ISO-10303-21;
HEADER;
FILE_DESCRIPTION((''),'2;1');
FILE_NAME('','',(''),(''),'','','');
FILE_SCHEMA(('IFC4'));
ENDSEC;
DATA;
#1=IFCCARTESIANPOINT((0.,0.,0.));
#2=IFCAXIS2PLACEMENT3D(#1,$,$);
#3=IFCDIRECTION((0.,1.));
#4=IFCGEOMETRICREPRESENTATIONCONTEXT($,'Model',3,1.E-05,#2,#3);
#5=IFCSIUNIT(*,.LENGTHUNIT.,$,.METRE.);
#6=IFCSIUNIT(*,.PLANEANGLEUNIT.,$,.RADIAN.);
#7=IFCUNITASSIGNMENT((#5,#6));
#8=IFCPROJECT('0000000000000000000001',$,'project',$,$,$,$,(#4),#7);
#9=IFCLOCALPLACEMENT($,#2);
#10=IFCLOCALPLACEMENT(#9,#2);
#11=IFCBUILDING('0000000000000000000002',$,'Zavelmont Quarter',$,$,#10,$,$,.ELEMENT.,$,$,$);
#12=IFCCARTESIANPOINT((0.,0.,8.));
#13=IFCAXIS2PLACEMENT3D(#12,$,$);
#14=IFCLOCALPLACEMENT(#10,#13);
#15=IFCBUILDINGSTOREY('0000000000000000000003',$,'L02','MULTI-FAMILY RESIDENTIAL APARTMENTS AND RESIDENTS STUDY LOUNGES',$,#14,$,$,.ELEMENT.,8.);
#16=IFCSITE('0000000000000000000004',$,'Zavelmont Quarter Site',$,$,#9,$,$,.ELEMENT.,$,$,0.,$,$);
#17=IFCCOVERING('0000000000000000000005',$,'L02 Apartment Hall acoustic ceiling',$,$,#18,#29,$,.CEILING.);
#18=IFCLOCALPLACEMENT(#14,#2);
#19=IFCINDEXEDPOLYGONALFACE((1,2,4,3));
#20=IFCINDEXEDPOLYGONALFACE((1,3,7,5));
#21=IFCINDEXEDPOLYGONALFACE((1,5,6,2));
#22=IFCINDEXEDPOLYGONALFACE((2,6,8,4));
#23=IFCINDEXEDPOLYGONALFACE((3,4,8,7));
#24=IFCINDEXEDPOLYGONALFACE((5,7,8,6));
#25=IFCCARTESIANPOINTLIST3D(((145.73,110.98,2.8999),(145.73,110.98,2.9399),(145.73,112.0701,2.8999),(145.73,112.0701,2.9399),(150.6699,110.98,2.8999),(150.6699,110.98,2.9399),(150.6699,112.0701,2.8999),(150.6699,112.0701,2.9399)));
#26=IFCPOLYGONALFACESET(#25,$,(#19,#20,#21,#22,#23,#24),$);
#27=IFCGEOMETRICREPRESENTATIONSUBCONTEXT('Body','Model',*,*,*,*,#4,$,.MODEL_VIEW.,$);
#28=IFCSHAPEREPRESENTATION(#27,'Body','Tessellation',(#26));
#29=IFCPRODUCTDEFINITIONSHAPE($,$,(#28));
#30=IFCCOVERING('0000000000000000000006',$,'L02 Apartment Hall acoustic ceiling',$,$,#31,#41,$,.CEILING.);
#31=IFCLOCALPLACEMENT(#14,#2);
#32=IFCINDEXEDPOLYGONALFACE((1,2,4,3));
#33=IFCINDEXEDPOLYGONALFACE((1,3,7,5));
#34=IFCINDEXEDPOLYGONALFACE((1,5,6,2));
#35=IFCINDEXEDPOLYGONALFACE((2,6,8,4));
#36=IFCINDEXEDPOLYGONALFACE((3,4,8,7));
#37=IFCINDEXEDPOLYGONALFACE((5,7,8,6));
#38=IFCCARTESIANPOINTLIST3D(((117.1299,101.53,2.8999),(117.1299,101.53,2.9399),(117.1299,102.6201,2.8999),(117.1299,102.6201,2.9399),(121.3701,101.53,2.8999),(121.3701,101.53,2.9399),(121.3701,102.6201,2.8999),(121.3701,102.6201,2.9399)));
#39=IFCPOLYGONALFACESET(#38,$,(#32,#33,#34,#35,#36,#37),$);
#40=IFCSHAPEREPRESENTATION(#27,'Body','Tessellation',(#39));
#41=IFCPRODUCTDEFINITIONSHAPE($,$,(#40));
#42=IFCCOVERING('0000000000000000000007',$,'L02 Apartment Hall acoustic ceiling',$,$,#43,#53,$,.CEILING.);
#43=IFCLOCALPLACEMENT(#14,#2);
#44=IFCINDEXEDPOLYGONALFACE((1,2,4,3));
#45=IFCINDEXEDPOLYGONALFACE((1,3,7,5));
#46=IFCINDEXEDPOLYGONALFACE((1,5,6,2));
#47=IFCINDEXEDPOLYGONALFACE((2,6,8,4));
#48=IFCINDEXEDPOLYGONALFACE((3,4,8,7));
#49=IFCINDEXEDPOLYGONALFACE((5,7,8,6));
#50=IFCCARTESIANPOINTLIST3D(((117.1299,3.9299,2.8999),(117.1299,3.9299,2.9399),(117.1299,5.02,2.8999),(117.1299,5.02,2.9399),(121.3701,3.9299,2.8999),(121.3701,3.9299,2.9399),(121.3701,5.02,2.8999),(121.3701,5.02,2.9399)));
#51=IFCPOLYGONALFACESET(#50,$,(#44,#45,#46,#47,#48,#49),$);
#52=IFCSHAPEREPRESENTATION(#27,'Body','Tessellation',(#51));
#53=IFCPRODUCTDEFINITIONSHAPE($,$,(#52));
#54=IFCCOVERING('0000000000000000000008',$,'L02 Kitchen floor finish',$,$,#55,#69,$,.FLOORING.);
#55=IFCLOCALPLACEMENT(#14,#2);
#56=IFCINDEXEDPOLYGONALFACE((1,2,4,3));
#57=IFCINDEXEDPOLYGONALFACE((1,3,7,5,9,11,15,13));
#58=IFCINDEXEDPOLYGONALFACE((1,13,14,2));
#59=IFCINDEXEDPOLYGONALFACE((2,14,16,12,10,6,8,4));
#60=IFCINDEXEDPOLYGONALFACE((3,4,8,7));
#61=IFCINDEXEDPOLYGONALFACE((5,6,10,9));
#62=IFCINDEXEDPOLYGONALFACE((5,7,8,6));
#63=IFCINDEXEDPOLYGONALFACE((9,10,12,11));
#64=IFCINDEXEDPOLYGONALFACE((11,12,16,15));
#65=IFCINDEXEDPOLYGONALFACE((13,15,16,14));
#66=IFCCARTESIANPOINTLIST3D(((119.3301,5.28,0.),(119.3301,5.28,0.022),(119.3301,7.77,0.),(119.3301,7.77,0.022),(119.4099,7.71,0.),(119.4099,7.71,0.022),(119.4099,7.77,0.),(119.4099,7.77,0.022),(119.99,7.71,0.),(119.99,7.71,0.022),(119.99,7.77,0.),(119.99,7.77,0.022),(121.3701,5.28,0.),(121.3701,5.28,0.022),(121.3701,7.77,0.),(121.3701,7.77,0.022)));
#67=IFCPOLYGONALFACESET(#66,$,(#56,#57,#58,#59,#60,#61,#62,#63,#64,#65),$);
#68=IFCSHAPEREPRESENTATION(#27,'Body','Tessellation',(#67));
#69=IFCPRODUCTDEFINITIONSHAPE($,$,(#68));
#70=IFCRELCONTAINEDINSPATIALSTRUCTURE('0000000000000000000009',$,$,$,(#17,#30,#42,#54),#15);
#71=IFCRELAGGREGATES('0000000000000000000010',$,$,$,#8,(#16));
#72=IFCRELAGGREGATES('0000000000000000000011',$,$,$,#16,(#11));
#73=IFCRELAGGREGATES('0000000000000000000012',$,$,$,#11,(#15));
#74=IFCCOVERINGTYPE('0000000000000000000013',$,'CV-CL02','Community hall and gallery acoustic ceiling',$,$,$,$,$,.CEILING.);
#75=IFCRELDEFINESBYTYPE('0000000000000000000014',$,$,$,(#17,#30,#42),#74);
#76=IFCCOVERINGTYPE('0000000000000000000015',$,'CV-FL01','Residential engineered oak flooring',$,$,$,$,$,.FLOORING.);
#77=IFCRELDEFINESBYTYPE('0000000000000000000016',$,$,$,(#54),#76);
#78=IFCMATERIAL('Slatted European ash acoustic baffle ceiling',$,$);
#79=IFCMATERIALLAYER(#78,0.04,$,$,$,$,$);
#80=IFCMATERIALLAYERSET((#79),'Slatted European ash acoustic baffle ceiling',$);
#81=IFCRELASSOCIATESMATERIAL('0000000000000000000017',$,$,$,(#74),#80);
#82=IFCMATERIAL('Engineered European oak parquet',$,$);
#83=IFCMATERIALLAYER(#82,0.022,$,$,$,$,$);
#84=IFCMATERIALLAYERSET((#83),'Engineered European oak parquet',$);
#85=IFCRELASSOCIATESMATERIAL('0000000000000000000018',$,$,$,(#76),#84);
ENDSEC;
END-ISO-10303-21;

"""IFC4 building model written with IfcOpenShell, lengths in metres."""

from ifc_helpers import new_model, si_unit, direction, frame, origin, place, context, subcontext, project, spatial, polyline, outline, extrude, material, layer, layer_set, type_object, element, save


model = new_model("IFC4")

# Units and contexts
model_context = context("Model", 3, precision=1e-05, world=origin(), true_north=direction((0.0, 1.0)))
body_context = subcontext(model_context, "Body", "Model", "MODEL_VIEW")
ifc_project = project(units=[si_unit("LENGTHUNIT", "METRE"), si_unit("PLANEANGLEUNIT", "RADIAN")], contexts=[model_context])

# Site, building, storey
site_placement = place(None, origin())
site = spatial("IfcSite", under=ifc_project, at=site_placement, Name="Zavelmont Quarter Site", CompositionType="ELEMENT", RefElevation=0.0)
building_placement = place(site_placement, origin())
building = spatial("IfcBuilding", under=site, at=building_placement, Name="Zavelmont Quarter", CompositionType="ELEMENT")
storey_placement = place(building_placement, frame((0.0, 0.0, 8.0)))
storey = spatial("IfcBuildingStorey", under=building, at=storey_placement, Name="L02", Description="MULTI-FAMILY RESIDENTIAL APARTMENTS AND RESIDENTS STUDY LOUNGES", CompositionType="ELEMENT", Elevation=8.0)

# Coverings
ifc_material_1 = material(Name="Slatted European ash acoustic baffle ceiling")
ifc_layer_1 = layer(ifc_material_1, 0.04)
ifc_layer_set_1 = layer_set([ifc_layer_1], Name="Slatted European ash acoustic baffle ceiling")
covering_type_1 = type_object("IfcCoveringType", Name="CV-CL02", Description="Community hall and gallery acoustic ceiling", PredefinedType="CEILING", material=ifc_layer_set_1)
covering_1_placement = place(storey_placement, frame((0.0, 0.0, 2.8999)))
element("IfcCovering", 1, at=covering_1_placement, inside=storey, type_object=covering_type_1, Name="L02 Apartment Hall acoustic ceiling", PredefinedType="CEILING", context=body_context, shape_type="SweptSolid", body=[
    extrude(outline(polyline([(145.73, 112.0701), (150.6699, 112.0701), (150.6699, 110.98), (145.73, 110.98), (145.73, 112.0701)])), origin(), (0.0, 0.0, 1.0), 0.04),
])
covering_2_placement = place(storey_placement, frame((0.0, 0.0, 2.8999)))
element("IfcCovering", 2, at=covering_2_placement, inside=storey, type_object=covering_type_1, Name="L02 Apartment Hall acoustic ceiling", PredefinedType="CEILING", context=body_context, shape_type="SweptSolid", body=[
    extrude(outline(polyline([(117.1299, 102.6201), (121.3701, 102.6201), (121.3701, 101.53), (117.1299, 101.53), (117.1299, 102.6201)])), origin(), (0.0, 0.0, 1.0), 0.04),
])
covering_3_placement = place(storey_placement, frame((0.0, 0.0, 2.8999)))
element("IfcCovering", 3, at=covering_3_placement, inside=storey, type_object=covering_type_1, Name="L02 Apartment Hall acoustic ceiling", PredefinedType="CEILING", context=body_context, shape_type="SweptSolid", body=[
    extrude(outline(polyline([(117.1299, 5.02), (121.3701, 5.02), (121.3701, 3.9299), (117.1299, 3.9299), (117.1299, 5.02)])), origin(), (0.0, 0.0, 1.0), 0.04),
])
ifc_material_2 = material(Name="Engineered European oak parquet")
ifc_layer_2 = layer(ifc_material_2, 0.022)
ifc_layer_set_2 = layer_set([ifc_layer_2], Name="Engineered European oak parquet")
covering_type_2 = type_object("IfcCoveringType", Name="CV-FL01", Description="Residential engineered oak flooring", PredefinedType="FLOORING", material=ifc_layer_set_2)
covering_4_placement = place(storey_placement, origin())
element("IfcCovering", 4, at=covering_4_placement, inside=storey, type_object=covering_type_2, Name="L02 Kitchen floor finish", PredefinedType="FLOORING", context=body_context, shape_type="SweptSolid", body=[
    extrude(outline(polyline([(119.3301, 7.77), (119.4099, 7.77), (119.4099, 7.71), (119.99, 7.71), (119.99, 7.77), (121.3701, 7.77), (121.3701, 5.28), (119.3301, 5.28), (119.3301, 7.77)])), origin(), (0.0, 0.0, 1.0), 0.022),
])

save(model, "model.ifc")
